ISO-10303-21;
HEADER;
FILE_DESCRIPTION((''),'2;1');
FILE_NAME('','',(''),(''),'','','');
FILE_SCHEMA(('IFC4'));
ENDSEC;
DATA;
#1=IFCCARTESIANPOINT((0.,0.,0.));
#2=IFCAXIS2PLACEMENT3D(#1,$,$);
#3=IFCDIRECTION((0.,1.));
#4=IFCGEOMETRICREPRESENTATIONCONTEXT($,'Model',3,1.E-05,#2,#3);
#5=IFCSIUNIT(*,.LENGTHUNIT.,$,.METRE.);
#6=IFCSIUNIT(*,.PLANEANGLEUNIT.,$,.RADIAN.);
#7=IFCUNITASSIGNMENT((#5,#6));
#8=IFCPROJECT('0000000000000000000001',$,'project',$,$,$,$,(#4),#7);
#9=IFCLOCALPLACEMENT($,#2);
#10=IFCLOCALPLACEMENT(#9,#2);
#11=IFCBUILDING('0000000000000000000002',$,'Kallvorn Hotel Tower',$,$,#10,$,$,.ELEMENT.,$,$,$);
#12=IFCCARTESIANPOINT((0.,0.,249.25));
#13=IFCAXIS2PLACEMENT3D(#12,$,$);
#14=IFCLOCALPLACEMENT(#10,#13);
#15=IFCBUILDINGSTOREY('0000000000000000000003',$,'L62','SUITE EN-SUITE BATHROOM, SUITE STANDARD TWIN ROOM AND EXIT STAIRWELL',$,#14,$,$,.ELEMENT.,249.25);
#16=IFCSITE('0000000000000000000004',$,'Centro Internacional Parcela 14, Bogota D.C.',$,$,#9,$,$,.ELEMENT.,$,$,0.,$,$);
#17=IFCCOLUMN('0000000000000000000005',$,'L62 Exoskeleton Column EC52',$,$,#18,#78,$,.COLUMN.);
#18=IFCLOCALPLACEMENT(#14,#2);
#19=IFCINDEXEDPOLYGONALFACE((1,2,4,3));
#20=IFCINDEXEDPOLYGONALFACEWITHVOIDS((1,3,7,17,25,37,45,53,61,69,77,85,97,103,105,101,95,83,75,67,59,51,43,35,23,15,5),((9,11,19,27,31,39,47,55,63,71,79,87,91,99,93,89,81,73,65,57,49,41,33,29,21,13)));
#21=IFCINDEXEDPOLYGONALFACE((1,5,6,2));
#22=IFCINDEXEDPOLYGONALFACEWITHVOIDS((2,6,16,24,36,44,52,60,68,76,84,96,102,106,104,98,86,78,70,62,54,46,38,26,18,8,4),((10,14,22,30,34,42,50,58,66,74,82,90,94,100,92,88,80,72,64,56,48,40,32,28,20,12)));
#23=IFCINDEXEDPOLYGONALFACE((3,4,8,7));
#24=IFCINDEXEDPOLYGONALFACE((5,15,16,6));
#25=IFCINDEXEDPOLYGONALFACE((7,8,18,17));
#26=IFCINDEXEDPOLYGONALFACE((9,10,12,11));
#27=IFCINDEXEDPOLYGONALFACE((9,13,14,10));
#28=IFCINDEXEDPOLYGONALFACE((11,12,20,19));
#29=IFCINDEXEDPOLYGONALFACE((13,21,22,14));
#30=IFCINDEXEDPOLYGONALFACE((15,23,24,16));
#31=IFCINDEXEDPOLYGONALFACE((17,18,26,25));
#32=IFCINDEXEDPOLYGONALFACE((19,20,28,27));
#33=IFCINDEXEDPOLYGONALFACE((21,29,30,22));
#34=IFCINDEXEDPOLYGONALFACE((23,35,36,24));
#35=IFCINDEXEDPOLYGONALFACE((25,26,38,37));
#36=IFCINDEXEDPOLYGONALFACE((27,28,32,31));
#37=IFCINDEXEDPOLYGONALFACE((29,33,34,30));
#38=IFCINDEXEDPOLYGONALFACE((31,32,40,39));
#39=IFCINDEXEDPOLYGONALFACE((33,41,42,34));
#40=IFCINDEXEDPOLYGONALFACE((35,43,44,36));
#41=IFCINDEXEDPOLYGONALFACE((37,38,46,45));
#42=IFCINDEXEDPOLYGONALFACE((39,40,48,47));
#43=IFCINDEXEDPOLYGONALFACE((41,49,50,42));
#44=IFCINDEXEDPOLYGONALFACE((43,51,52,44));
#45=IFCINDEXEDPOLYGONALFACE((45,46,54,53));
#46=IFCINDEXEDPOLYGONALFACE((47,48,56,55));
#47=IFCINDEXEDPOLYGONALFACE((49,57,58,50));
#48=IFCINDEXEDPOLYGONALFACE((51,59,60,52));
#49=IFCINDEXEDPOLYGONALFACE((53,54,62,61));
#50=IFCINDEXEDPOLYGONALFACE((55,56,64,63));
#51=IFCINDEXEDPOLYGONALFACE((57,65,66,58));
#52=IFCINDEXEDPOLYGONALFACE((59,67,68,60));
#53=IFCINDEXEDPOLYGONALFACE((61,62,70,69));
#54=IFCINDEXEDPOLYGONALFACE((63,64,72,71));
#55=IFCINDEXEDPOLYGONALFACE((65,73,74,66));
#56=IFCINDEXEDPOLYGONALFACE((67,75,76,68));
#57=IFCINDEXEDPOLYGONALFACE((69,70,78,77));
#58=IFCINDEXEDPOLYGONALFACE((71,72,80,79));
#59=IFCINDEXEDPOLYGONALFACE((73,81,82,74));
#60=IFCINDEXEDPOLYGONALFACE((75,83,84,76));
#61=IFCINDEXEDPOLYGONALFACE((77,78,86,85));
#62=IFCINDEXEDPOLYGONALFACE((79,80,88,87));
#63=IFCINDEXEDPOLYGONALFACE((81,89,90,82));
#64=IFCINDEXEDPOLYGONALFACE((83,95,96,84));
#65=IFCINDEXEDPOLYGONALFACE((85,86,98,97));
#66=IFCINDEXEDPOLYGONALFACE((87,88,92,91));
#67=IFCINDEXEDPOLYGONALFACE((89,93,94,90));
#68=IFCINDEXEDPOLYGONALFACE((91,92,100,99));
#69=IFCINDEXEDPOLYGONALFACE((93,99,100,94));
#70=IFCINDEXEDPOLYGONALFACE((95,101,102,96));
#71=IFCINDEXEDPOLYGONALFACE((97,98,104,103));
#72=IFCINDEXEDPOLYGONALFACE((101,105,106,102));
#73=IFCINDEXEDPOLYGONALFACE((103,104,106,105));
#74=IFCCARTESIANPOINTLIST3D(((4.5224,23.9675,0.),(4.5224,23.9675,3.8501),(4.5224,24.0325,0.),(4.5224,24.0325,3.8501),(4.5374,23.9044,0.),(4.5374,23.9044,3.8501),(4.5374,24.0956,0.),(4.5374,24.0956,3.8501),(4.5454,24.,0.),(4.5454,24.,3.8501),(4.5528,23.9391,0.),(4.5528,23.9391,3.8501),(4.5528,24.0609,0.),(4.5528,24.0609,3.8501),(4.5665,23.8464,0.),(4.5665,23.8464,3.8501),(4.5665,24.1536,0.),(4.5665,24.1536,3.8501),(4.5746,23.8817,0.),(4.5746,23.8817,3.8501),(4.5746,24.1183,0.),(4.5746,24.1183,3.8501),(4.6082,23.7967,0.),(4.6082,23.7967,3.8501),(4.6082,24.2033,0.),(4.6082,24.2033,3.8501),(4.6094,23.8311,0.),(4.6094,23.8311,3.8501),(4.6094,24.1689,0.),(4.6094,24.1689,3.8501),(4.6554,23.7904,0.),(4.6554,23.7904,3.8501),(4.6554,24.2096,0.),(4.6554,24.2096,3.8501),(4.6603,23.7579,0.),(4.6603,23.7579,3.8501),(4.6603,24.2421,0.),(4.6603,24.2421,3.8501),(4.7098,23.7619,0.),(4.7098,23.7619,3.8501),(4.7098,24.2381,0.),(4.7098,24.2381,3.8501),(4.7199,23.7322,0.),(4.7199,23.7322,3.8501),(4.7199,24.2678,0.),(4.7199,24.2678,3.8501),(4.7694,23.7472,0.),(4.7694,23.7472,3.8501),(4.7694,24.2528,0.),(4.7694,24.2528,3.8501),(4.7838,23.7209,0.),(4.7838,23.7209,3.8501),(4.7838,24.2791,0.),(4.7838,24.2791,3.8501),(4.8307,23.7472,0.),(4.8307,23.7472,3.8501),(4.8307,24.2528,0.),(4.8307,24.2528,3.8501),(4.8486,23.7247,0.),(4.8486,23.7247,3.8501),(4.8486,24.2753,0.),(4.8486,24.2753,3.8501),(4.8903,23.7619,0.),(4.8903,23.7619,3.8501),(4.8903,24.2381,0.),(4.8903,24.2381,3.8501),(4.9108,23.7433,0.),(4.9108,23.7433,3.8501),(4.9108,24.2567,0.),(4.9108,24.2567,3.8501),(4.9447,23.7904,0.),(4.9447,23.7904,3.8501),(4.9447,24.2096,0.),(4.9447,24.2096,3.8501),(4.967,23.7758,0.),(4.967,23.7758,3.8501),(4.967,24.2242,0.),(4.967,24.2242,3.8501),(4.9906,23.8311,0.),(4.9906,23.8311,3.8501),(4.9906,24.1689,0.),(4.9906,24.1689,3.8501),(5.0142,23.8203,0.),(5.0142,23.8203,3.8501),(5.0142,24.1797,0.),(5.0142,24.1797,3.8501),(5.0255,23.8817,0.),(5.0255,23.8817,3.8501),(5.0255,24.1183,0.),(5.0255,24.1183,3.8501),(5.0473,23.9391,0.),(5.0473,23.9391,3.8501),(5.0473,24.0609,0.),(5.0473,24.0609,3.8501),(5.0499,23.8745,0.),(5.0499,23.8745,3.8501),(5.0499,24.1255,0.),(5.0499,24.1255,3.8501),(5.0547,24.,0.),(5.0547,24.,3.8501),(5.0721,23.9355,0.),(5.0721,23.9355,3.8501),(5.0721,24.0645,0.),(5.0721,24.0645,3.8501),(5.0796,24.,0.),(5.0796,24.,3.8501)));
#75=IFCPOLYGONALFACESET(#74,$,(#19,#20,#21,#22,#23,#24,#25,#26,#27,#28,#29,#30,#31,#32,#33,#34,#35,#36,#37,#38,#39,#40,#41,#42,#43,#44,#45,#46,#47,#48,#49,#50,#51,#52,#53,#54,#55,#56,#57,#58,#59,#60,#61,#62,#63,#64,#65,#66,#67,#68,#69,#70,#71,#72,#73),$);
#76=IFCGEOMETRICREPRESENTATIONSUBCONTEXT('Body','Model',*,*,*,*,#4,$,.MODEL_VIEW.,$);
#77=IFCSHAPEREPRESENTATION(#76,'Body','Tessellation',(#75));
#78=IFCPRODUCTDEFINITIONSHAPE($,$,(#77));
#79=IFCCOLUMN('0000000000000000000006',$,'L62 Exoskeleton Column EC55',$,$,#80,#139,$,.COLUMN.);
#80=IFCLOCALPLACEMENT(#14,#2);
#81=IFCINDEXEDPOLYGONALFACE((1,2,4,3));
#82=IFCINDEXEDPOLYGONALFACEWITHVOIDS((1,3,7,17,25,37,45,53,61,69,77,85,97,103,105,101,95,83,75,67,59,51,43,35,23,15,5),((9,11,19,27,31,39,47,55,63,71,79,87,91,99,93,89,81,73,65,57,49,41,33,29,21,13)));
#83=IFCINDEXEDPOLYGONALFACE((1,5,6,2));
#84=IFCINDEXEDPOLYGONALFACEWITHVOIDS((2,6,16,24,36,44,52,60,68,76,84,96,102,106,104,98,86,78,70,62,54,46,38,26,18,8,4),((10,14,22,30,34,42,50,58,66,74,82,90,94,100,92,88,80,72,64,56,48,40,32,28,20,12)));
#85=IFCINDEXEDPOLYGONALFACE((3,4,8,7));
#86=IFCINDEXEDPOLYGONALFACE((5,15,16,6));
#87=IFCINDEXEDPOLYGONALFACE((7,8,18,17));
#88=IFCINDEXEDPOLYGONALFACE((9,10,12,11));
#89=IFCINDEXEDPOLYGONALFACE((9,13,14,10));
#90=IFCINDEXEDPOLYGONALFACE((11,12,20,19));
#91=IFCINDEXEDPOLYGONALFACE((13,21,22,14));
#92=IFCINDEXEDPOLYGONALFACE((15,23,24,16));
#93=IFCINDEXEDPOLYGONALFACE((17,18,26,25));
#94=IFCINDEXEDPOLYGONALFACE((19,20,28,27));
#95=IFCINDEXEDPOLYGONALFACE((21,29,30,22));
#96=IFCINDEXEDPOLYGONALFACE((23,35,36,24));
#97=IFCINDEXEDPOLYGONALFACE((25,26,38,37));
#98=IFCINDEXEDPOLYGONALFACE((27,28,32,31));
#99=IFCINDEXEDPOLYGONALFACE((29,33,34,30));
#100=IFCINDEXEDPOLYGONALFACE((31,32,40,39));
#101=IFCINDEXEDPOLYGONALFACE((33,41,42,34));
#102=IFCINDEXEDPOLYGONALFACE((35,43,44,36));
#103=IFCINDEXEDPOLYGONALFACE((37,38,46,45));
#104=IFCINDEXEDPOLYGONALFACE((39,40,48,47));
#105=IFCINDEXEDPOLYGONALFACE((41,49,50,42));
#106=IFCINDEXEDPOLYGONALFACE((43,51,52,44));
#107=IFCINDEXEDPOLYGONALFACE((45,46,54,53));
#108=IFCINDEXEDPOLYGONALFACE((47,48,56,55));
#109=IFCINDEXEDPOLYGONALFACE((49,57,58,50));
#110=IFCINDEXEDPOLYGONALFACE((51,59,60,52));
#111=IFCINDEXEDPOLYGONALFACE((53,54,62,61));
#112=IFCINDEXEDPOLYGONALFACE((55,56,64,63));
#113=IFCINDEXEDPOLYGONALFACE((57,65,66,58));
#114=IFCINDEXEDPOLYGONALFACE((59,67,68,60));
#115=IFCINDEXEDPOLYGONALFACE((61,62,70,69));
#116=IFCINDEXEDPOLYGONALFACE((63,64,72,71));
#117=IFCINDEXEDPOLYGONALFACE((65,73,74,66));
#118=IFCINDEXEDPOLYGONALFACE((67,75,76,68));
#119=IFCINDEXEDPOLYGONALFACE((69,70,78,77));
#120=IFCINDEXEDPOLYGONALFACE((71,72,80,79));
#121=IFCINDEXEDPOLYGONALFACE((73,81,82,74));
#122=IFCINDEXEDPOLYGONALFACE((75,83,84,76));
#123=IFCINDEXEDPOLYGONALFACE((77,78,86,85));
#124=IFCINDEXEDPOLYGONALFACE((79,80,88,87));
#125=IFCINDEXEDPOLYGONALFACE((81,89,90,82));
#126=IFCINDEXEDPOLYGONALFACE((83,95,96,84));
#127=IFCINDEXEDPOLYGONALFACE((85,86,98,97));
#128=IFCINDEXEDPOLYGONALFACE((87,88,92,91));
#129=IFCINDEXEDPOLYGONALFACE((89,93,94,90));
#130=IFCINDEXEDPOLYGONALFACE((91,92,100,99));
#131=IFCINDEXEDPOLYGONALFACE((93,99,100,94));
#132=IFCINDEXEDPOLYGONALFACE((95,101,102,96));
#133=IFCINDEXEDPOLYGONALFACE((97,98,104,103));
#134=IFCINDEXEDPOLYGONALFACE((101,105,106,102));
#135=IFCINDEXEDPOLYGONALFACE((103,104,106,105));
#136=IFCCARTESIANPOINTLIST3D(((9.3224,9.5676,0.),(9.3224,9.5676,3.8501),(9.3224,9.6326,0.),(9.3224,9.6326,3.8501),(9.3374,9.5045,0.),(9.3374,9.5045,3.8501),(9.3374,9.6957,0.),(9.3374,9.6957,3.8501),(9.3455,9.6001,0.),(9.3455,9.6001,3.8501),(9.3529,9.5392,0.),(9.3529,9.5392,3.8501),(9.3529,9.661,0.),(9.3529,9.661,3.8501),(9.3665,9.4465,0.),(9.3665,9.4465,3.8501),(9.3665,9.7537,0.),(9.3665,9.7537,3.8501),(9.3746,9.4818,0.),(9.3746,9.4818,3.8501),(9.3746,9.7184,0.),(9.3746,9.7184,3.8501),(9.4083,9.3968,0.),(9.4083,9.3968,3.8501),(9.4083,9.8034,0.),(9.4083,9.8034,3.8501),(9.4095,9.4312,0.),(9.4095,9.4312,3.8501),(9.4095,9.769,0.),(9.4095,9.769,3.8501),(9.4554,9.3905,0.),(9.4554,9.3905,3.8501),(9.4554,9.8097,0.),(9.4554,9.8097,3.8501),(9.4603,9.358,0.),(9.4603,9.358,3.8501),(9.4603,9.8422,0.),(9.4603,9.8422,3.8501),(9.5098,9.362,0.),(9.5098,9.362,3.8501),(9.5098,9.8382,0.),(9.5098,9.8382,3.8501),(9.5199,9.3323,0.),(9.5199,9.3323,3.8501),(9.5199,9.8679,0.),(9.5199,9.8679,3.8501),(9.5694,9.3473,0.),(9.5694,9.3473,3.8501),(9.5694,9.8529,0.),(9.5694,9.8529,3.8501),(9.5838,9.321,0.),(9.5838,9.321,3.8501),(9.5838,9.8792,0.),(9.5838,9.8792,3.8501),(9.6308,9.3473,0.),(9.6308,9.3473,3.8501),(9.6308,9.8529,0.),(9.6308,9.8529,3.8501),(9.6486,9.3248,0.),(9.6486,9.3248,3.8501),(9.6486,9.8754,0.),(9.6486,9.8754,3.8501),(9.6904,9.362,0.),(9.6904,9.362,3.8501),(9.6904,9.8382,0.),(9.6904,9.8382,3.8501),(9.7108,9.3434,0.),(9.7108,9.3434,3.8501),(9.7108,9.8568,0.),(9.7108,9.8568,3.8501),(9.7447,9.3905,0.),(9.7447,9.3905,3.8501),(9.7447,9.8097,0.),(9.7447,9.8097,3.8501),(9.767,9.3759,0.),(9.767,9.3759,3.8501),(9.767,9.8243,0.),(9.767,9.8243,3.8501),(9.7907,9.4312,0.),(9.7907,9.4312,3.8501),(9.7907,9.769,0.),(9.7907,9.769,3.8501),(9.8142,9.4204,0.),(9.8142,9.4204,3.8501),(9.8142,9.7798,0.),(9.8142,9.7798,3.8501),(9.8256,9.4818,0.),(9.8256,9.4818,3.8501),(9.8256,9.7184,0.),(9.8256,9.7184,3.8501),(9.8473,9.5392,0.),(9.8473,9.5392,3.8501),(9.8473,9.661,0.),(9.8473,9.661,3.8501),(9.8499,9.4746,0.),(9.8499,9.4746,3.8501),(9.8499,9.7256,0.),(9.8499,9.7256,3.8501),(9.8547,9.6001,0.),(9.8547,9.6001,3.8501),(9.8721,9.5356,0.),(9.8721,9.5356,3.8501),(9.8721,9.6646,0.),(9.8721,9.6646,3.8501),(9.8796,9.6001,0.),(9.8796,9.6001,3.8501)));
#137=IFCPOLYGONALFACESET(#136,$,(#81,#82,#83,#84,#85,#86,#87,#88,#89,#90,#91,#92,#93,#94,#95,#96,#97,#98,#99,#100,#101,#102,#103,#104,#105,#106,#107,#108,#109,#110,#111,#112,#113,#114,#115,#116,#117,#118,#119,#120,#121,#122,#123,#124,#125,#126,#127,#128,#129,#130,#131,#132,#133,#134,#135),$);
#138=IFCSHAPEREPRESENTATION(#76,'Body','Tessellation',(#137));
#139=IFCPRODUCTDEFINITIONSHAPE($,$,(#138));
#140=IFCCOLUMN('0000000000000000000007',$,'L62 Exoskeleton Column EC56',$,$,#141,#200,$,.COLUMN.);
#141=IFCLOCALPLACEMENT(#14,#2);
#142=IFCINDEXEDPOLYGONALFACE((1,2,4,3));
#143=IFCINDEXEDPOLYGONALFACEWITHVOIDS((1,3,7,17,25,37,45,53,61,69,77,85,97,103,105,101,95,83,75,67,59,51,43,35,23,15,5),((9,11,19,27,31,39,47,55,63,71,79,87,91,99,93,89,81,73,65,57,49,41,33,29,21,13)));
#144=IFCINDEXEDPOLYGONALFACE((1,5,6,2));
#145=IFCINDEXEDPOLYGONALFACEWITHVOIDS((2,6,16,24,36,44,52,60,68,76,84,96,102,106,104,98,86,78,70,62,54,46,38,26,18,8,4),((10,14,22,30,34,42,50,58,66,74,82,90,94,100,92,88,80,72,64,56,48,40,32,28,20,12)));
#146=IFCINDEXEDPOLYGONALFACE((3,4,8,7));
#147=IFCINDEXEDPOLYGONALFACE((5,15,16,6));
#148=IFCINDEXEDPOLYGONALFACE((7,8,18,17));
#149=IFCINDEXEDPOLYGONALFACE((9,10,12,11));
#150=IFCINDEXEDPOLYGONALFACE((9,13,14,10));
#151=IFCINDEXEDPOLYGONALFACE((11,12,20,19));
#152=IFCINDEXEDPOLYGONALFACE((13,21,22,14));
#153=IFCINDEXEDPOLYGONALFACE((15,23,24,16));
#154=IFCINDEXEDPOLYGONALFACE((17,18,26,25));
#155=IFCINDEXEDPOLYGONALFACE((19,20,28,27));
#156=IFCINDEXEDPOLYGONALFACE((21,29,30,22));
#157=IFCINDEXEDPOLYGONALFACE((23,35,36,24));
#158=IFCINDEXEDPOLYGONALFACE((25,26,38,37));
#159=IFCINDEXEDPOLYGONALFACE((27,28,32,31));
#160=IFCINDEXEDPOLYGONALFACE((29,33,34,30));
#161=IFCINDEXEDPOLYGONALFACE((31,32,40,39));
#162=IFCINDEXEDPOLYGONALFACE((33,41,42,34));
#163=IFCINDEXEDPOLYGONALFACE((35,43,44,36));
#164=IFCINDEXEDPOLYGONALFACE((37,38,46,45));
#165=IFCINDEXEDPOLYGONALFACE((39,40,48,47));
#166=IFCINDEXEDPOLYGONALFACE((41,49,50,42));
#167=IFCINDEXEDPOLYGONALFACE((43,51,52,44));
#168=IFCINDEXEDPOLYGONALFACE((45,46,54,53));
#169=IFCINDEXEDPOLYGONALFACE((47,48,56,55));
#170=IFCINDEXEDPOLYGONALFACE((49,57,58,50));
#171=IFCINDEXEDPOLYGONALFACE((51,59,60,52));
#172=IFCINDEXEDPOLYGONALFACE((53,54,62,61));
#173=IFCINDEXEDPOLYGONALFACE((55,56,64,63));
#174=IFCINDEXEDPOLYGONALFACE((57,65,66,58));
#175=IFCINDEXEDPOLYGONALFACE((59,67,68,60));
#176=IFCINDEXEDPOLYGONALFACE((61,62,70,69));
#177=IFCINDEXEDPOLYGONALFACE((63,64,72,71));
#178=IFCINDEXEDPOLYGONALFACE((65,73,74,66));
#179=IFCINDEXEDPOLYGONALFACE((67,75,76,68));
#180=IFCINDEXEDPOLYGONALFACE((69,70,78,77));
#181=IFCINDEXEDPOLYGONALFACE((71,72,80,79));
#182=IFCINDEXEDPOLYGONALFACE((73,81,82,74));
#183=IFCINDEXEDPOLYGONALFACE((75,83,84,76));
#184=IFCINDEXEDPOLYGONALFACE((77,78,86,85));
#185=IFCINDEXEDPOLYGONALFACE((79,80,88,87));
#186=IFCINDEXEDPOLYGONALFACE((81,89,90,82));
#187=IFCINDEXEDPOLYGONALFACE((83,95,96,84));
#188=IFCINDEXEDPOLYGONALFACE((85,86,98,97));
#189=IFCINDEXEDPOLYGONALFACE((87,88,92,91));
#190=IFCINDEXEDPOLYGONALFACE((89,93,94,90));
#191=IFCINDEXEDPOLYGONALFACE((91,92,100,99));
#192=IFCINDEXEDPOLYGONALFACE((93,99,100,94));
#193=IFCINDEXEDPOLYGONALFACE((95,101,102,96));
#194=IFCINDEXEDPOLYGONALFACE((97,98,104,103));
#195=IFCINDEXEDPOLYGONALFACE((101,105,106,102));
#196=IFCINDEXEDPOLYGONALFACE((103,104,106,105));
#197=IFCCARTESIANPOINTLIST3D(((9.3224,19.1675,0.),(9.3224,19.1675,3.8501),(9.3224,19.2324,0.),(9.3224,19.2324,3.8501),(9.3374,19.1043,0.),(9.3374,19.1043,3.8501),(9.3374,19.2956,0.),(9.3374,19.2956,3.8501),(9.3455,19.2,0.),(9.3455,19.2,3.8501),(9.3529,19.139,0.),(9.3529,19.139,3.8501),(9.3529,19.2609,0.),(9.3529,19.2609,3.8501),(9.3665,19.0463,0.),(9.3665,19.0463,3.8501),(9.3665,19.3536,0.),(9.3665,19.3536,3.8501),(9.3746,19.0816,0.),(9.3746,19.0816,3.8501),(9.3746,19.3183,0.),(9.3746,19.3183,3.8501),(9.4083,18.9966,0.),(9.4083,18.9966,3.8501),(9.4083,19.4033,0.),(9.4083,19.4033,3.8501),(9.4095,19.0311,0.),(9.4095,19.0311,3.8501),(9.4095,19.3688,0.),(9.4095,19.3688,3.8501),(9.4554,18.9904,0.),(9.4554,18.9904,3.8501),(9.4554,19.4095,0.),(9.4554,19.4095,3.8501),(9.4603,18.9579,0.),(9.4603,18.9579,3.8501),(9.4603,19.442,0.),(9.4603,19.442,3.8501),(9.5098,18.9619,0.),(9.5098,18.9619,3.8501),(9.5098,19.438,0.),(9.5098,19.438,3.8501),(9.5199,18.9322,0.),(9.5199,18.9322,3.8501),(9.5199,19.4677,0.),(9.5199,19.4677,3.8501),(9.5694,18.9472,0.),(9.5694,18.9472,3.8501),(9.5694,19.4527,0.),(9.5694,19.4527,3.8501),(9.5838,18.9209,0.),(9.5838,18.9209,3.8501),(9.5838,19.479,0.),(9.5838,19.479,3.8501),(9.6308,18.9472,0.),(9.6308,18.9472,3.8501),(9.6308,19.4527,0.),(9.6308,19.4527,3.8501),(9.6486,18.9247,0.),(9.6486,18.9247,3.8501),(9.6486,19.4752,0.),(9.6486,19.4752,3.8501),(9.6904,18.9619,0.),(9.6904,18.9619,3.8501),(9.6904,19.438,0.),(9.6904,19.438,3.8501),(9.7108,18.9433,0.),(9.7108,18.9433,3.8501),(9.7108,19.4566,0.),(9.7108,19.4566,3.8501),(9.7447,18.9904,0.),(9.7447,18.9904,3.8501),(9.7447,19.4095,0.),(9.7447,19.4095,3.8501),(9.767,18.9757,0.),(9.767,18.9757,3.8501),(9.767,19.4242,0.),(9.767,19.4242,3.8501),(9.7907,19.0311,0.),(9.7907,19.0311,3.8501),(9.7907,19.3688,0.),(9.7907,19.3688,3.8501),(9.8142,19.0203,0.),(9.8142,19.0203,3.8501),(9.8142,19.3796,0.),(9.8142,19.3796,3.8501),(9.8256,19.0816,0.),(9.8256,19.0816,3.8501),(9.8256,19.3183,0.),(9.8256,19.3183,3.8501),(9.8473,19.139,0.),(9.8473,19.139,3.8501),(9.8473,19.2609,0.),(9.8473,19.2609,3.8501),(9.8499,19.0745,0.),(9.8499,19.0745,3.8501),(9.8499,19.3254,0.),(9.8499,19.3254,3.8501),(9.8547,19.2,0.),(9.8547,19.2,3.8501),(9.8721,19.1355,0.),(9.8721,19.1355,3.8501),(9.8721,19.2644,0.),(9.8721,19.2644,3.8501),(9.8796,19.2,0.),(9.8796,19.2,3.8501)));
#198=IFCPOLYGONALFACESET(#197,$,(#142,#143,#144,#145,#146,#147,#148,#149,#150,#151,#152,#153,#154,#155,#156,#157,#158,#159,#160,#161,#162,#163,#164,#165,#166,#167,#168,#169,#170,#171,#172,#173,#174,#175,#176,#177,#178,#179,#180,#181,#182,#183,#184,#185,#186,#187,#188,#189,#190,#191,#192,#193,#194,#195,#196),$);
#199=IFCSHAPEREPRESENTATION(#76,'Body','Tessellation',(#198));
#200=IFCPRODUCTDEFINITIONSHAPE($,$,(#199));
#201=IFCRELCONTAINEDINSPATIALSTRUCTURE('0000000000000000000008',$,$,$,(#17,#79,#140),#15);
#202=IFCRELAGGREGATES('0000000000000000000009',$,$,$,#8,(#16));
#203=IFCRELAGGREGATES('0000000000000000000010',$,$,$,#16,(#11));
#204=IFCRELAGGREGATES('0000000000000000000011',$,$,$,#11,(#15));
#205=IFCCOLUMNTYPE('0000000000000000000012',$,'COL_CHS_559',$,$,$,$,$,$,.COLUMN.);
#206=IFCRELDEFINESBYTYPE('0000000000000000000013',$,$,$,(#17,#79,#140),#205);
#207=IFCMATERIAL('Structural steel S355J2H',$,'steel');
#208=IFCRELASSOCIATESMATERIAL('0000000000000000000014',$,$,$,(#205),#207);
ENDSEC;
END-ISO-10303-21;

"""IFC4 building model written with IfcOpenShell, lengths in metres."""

from ifc_helpers import new_model, si_unit, direction, frame, origin, origin_2d, place, context, subcontext, project, spatial, hollow_circle, extrude, material, material_profile, profile_set, type_object, element, save


model = new_model("IFC4")

# Units and contexts
model_context = context("Model", 3, precision=1e-05, world=origin(), true_north=direction((0.0, 1.0)))
body_context = subcontext(model_context, "Body", "Model", "MODEL_VIEW")
ifc_project = project(units=[si_unit("LENGTHUNIT", "METRE"), si_unit("PLANEANGLEUNIT", "RADIAN")], contexts=[model_context])

# Site, building, storey
site_placement = place(None, origin())
site = spatial("IfcSite", under=ifc_project, at=site_placement, Name="Centro Internacional Parcela 14, Bogota D.C.", CompositionType="ELEMENT", RefElevation=0.0)
building_placement = place(site_placement, origin())
building = spatial("IfcBuilding", under=site, at=building_placement, Name="Kallvorn Hotel Tower", CompositionType="ELEMENT")
storey_placement = place(building_placement, frame((0.0, 0.0, 249.25)))
storey = spatial("IfcBuildingStorey", under=building, at=storey_placement, Name="L62", Description="SUITE EN-SUITE BATHROOM, SUITE STANDARD TWIN ROOM AND EXIT STAIRWELL", CompositionType="ELEMENT", Elevation=249.25)

# Columns
ifc_material_1 = material(Name="Structural steel S355J2H", Category="steel")
ifc_material_profile_1 = material_profile(ifc_material_1, hollow_circle(Radius=0.2795, WallThickness=0.0249, at=origin_2d()), Name="CHS 559x25")
ifc_profile_set_1 = profile_set([ifc_material_profile_1], Name="Structural steel S355J2H")
column_type_1 = type_object("IfcColumnType", Name="COL_CHS_559", PredefinedType="COLUMN", material=ifc_profile_set_1)
for number, where, z_axis, x_axis, name in (
    (1, (4.8, 24.0, 0.0), (0.0, 0.0, 1.0), (1.0, 0.0, 0.0), "L62 Exoskeleton Column EC52"),
    (2, (9.6001, 9.6001, 0.0), (0.0, 0.0, 1.0), (1.0, 0.0, 0.0), "L62 Exoskeleton Column EC55"),
    (3, (9.6001, 19.2, 0.0), (0.0, 0.0, 1.0), (1.0, 0.0, 0.0), "L62 Exoskeleton Column EC56"),
):
    element("IfcColumn", number, at=place(storey_placement, frame(where, z_axis=z_axis, x_axis=x_axis)), inside=storey, type_object=column_type_1, Name=name, PredefinedType="COLUMN", context=body_context, shape_type="SweptSolid", body=[
        extrude(hollow_circle(Radius=0.2795, WallThickness=0.0249, at=origin_2d()), origin(), (0.0, 0.0, 1.0), 3.8501),
    ])

save(model, "model.ifc")
